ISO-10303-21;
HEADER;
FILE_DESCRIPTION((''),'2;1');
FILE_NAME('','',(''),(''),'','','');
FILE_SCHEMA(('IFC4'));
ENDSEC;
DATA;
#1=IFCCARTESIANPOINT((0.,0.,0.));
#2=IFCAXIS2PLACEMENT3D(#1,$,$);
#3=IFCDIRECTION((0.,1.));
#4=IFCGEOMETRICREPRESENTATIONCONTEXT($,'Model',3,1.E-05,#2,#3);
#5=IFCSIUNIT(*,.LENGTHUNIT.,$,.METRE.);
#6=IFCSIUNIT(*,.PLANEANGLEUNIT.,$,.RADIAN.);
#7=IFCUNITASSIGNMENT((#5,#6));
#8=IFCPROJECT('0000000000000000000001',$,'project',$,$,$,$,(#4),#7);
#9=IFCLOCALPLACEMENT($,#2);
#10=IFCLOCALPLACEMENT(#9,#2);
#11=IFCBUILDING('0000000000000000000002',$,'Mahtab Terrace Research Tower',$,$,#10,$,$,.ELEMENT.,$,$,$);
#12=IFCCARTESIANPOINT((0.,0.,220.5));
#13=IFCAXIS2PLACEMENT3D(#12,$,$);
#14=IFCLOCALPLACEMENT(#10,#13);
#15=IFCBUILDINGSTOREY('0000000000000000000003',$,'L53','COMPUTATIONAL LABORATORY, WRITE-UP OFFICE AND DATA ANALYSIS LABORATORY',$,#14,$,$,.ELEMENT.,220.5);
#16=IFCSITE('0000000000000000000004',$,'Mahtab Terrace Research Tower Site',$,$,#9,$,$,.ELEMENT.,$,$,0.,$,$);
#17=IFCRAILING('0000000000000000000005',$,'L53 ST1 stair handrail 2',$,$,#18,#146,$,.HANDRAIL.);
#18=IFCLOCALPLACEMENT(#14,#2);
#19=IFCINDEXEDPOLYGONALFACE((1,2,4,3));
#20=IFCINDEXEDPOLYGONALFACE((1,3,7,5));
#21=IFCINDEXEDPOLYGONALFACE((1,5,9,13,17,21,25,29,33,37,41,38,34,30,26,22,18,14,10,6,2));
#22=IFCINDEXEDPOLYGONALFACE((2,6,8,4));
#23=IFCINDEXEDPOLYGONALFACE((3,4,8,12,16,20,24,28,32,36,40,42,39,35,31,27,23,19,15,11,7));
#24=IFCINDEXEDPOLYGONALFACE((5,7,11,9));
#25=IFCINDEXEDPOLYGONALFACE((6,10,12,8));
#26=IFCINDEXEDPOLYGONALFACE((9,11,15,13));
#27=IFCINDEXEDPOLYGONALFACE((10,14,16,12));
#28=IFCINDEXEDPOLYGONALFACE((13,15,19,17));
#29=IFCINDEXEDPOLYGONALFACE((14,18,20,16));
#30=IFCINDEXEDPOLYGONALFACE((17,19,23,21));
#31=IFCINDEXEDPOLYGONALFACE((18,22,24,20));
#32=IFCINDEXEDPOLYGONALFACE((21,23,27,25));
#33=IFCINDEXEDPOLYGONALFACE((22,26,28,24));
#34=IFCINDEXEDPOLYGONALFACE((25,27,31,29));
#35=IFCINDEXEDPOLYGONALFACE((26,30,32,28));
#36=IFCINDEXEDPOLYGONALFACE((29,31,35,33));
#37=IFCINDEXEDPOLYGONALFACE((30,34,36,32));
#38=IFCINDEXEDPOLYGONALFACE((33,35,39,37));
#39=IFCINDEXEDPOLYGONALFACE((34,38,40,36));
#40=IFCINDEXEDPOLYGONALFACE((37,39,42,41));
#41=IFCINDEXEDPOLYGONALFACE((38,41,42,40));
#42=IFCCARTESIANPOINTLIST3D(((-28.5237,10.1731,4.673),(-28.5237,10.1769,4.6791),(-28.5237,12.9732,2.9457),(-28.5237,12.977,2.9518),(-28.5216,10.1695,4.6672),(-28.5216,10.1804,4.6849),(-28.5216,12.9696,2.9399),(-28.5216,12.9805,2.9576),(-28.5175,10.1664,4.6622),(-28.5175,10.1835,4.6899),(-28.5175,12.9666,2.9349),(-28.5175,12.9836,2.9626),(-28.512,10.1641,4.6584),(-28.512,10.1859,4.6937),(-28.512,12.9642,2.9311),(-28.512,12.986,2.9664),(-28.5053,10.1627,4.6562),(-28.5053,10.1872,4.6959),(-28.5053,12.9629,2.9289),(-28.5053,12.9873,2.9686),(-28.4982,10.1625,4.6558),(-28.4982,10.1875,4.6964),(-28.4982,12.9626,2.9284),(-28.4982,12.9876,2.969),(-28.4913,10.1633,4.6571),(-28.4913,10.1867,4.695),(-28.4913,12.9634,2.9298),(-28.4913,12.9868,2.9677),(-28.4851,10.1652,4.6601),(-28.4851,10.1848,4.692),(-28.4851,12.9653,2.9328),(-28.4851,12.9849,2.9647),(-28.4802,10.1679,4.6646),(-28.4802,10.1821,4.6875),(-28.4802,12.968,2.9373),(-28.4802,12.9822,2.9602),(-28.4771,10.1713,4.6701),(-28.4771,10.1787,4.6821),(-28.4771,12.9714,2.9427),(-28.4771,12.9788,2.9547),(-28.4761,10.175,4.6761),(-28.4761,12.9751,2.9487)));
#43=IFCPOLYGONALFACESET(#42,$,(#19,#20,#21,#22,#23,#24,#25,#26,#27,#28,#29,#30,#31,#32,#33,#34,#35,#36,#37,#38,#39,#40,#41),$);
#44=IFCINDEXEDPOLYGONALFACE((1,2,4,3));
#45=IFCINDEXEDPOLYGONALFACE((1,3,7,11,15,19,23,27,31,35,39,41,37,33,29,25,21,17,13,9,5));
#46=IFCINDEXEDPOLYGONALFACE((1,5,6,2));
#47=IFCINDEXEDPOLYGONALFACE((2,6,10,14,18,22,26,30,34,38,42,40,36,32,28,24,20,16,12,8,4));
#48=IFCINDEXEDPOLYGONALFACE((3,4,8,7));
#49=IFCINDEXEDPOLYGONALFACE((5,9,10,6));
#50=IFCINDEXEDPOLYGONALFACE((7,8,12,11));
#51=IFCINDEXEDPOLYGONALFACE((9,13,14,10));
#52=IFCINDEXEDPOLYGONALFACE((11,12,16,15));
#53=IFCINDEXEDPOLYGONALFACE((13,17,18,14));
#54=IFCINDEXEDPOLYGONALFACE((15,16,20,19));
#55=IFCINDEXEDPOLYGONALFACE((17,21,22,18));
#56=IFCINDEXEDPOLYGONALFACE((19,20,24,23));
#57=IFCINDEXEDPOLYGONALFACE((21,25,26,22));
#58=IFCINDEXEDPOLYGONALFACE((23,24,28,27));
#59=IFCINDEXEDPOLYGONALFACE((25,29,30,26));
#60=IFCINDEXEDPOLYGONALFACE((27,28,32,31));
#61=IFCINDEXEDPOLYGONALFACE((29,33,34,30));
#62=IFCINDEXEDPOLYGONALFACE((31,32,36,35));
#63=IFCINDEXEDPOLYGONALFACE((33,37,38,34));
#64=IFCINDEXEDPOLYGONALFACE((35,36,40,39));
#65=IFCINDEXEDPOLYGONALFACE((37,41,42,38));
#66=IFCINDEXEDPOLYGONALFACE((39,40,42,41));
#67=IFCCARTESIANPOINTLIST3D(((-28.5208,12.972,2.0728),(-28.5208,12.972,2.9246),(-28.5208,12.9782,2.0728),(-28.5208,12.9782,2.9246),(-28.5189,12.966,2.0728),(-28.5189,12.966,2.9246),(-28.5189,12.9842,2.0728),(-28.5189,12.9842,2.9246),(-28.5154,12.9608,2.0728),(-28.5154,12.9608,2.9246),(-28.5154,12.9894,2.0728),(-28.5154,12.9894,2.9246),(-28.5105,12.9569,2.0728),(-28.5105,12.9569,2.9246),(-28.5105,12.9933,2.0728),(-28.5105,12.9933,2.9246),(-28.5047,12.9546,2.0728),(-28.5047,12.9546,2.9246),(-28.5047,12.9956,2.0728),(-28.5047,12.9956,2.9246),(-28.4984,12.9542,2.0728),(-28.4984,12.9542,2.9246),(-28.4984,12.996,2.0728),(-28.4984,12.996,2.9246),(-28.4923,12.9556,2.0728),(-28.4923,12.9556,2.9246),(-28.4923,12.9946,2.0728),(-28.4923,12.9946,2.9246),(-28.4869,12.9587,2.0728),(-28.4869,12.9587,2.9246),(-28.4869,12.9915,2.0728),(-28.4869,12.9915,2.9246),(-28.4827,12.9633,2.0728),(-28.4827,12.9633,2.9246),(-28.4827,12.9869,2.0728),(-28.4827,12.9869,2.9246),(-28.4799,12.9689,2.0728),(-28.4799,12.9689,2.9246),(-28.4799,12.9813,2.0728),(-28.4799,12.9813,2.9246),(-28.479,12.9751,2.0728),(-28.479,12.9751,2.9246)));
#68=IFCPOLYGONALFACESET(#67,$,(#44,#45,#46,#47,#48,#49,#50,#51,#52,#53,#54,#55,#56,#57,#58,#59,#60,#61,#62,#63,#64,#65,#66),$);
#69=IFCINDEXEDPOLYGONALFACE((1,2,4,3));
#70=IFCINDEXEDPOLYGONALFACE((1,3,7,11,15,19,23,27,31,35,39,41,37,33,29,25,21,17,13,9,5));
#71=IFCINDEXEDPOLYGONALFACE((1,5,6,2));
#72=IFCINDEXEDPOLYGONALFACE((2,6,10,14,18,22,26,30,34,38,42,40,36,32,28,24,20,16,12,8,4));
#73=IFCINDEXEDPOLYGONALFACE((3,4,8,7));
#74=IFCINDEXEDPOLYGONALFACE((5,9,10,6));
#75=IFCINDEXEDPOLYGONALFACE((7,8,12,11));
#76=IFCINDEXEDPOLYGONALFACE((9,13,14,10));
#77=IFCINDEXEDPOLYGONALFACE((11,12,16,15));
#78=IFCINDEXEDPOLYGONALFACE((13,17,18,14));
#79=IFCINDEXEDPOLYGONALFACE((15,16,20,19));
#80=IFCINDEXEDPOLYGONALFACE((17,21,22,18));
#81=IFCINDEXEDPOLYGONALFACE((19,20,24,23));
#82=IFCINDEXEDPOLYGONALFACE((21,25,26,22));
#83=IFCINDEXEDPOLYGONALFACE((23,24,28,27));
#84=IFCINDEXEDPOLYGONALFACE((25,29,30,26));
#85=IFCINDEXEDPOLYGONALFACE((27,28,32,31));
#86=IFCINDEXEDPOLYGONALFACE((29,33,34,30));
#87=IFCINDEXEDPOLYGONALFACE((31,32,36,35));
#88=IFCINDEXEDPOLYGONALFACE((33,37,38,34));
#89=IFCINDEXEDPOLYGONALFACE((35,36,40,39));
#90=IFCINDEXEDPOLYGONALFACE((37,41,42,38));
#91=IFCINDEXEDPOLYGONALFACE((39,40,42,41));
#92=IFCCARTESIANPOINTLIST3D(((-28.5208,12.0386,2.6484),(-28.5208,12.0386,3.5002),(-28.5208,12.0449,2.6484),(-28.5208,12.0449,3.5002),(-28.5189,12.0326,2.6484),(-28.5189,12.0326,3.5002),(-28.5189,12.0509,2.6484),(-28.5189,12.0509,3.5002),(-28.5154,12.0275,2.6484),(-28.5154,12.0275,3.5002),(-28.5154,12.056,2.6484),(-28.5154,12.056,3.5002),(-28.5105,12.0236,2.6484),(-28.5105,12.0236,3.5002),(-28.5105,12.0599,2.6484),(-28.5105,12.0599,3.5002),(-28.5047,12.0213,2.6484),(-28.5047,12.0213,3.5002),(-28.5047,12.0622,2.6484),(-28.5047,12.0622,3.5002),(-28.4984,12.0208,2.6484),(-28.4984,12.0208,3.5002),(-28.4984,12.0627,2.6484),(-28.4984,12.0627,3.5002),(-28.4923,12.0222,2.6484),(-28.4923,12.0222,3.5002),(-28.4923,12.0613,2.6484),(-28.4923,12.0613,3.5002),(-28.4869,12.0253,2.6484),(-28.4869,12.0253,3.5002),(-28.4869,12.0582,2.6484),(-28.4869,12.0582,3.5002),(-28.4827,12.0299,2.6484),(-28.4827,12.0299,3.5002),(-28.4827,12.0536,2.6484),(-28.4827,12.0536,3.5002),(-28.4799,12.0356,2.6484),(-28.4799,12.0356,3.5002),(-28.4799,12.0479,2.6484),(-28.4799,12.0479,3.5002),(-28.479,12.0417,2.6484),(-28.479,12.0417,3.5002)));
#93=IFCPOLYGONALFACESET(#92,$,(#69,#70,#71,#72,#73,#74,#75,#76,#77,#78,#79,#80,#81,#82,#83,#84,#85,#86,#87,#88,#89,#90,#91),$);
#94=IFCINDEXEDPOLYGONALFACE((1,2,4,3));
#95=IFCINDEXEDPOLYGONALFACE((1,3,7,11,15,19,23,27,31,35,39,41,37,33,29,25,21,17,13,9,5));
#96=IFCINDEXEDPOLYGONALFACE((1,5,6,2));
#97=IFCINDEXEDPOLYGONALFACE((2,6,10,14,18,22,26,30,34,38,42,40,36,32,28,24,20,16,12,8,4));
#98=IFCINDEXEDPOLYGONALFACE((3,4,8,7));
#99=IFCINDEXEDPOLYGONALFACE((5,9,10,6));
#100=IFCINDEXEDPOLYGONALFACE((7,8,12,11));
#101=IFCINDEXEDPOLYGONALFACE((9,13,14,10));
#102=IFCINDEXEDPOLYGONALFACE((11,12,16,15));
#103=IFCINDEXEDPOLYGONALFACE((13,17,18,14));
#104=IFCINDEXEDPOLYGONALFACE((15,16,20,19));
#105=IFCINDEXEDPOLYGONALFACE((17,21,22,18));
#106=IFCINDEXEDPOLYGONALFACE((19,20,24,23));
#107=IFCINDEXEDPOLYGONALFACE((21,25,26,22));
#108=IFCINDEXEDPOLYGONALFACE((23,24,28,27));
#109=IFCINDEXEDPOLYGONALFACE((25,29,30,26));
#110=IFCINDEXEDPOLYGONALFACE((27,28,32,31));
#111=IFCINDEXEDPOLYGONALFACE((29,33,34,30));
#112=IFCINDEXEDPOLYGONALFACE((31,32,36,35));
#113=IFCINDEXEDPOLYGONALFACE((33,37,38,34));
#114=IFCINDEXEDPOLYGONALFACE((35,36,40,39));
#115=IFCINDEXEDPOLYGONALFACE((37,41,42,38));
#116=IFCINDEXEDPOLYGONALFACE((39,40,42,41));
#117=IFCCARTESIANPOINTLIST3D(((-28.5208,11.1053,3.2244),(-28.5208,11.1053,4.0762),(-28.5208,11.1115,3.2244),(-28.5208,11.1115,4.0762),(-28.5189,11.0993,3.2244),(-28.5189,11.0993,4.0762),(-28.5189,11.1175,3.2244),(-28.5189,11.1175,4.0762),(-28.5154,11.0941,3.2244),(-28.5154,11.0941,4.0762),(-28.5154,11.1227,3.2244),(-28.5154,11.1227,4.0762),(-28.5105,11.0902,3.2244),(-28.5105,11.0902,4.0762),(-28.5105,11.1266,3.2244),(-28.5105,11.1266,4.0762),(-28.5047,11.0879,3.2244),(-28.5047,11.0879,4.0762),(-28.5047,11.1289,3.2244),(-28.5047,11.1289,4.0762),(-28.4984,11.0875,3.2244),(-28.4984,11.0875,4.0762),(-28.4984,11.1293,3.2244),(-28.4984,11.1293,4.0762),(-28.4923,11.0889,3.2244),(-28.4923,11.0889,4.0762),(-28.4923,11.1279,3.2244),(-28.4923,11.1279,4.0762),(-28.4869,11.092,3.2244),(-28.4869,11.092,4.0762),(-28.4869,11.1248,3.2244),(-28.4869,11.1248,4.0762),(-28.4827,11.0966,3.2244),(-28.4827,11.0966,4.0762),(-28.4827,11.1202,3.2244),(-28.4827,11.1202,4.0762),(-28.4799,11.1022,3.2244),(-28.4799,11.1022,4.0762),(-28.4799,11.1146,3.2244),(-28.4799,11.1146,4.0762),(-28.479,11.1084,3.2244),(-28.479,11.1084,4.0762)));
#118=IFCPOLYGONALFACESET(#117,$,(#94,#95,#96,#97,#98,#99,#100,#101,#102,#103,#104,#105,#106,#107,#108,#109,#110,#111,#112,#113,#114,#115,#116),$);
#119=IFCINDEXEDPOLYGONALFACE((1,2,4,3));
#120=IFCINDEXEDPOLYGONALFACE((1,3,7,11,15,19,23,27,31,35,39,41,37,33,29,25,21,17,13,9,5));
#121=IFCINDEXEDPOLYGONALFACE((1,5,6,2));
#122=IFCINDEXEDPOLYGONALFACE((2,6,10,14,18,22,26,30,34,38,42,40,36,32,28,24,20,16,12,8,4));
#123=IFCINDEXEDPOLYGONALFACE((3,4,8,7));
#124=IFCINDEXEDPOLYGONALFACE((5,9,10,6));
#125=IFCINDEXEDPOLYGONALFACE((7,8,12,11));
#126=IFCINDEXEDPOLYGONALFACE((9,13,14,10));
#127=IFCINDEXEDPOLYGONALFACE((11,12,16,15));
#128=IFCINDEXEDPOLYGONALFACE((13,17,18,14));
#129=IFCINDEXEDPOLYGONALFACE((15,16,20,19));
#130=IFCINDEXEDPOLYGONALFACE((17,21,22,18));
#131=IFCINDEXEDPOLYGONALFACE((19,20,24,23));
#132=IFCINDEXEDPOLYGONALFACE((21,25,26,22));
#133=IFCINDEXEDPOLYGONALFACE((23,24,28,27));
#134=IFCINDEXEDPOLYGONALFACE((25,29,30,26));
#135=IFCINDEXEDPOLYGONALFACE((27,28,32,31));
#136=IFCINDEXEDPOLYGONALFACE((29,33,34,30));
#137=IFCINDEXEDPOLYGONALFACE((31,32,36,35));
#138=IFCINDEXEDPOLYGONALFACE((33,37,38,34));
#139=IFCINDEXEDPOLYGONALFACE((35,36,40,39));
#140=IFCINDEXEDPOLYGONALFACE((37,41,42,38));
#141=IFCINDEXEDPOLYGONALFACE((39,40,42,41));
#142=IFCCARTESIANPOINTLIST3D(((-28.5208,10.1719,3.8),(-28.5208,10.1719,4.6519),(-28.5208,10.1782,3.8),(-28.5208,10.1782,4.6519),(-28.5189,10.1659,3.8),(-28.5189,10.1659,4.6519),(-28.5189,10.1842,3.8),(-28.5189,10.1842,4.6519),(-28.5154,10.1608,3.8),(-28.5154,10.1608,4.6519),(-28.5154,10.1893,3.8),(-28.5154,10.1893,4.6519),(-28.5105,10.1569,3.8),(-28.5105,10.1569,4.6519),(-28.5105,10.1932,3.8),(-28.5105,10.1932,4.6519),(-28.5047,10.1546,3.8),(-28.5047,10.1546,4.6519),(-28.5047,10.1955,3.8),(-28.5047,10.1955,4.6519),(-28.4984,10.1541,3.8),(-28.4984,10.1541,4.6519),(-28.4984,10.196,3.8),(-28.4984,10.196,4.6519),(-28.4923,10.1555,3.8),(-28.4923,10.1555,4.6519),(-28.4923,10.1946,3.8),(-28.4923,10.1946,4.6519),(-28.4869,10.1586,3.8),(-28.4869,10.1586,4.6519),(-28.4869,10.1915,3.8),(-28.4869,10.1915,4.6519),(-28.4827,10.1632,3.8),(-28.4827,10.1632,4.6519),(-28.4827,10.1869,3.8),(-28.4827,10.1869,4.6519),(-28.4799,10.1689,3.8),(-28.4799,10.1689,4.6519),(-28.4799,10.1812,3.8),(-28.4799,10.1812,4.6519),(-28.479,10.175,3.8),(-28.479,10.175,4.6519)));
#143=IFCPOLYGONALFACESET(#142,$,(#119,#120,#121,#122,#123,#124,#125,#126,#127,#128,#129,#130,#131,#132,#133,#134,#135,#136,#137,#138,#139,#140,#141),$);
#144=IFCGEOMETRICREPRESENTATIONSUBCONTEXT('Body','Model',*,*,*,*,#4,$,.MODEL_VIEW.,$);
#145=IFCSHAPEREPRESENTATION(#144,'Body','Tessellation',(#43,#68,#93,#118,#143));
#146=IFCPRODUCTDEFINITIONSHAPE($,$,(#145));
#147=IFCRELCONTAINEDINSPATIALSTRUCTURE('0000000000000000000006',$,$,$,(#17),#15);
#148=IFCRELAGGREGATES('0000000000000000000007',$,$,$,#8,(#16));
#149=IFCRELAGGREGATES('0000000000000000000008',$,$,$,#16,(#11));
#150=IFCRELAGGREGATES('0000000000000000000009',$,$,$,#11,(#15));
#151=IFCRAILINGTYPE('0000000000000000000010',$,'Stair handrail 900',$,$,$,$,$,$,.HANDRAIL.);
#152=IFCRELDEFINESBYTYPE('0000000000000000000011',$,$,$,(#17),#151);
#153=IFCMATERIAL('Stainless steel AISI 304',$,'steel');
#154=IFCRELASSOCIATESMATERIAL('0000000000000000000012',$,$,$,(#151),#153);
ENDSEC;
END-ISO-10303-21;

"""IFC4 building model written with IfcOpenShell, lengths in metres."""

from ifc_helpers import new_model, si_unit, direction, frame, origin, origin_2d, place, context, subcontext, project, spatial, circle, extrude, material, type_object, element, save


model = new_model("IFC4")

# Units and contexts
model_context = context("Model", 3, precision=1e-05, world=origin(), true_north=direction((0.0, 1.0)))
body_context = subcontext(model_context, "Body", "Model", "MODEL_VIEW")
ifc_project = project(units=[si_unit("LENGTHUNIT", "METRE"), si_unit("PLANEANGLEUNIT", "RADIAN")], contexts=[model_context])

# Site, building, storey
site_placement = place(None, origin())
site = spatial("IfcSite", under=ifc_project, at=site_placement, Name="Mahtab Terrace Research Tower Site", CompositionType="ELEMENT", RefElevation=0.0)
building_placement = place(site_placement, origin())
building = spatial("IfcBuilding", under=site, at=building_placement, Name="Mahtab Terrace Research Tower", CompositionType="ELEMENT")
storey_placement = place(building_placement, frame((0.0, 0.0, 220.5)))
storey = spatial("IfcBuildingStorey", under=building, at=storey_placement, Name="L53", Description="COMPUTATIONAL LABORATORY, WRITE-UP OFFICE AND DATA ANALYSIS LABORATORY", CompositionType="ELEMENT", Elevation=220.5)

# Railing
ifc_material_1 = material(Name="Stainless steel AISI 304", Category="steel")
railing_type_1 = type_object("IfcRailingType", Name="Stair handrail 900", PredefinedType="HANDRAIL", material=ifc_material_1)
railing_1_placement = place(storey_placement, frame((-28.5, 12.9751, 2.0728)))
element("IfcRailing", 1, at=railing_1_placement, inside=storey, type_object=railing_type_1, Name="L53 ST1 stair handrail 2", PredefinedType="HANDRAIL", context=body_context, shape_type="SweptSolid", body=[
    extrude(circle(Radius=0.0239, at=origin_2d()), frame((0.0, 0.0, 0.876), z_axis=(0.0, -0.85109, 0.52502), x_axis=(1.0, 0.0, 0.0)), (0.0, 0.0, 1.0), 3.29),
    extrude(circle(Radius=0.021, at=origin_2d()), origin(), (0.0, 0.0, 1.0), 0.8518),
    extrude(circle(Radius=0.021, at=origin_2d()), frame((0.0, -0.9333, 0.5757)), (0.0, 0.0, 1.0), 0.8518),
    extrude(circle(Radius=0.021, at=origin_2d()), frame((0.0, -1.8667, 1.1516)), (0.0, 0.0, 1.0), 0.8518),
    extrude(circle(Radius=0.021, at=origin_2d()), frame((0.0, -2.8, 1.7273)), (0.0, 0.0, 1.0), 0.8518),
])

save(model, "model.ifc")
